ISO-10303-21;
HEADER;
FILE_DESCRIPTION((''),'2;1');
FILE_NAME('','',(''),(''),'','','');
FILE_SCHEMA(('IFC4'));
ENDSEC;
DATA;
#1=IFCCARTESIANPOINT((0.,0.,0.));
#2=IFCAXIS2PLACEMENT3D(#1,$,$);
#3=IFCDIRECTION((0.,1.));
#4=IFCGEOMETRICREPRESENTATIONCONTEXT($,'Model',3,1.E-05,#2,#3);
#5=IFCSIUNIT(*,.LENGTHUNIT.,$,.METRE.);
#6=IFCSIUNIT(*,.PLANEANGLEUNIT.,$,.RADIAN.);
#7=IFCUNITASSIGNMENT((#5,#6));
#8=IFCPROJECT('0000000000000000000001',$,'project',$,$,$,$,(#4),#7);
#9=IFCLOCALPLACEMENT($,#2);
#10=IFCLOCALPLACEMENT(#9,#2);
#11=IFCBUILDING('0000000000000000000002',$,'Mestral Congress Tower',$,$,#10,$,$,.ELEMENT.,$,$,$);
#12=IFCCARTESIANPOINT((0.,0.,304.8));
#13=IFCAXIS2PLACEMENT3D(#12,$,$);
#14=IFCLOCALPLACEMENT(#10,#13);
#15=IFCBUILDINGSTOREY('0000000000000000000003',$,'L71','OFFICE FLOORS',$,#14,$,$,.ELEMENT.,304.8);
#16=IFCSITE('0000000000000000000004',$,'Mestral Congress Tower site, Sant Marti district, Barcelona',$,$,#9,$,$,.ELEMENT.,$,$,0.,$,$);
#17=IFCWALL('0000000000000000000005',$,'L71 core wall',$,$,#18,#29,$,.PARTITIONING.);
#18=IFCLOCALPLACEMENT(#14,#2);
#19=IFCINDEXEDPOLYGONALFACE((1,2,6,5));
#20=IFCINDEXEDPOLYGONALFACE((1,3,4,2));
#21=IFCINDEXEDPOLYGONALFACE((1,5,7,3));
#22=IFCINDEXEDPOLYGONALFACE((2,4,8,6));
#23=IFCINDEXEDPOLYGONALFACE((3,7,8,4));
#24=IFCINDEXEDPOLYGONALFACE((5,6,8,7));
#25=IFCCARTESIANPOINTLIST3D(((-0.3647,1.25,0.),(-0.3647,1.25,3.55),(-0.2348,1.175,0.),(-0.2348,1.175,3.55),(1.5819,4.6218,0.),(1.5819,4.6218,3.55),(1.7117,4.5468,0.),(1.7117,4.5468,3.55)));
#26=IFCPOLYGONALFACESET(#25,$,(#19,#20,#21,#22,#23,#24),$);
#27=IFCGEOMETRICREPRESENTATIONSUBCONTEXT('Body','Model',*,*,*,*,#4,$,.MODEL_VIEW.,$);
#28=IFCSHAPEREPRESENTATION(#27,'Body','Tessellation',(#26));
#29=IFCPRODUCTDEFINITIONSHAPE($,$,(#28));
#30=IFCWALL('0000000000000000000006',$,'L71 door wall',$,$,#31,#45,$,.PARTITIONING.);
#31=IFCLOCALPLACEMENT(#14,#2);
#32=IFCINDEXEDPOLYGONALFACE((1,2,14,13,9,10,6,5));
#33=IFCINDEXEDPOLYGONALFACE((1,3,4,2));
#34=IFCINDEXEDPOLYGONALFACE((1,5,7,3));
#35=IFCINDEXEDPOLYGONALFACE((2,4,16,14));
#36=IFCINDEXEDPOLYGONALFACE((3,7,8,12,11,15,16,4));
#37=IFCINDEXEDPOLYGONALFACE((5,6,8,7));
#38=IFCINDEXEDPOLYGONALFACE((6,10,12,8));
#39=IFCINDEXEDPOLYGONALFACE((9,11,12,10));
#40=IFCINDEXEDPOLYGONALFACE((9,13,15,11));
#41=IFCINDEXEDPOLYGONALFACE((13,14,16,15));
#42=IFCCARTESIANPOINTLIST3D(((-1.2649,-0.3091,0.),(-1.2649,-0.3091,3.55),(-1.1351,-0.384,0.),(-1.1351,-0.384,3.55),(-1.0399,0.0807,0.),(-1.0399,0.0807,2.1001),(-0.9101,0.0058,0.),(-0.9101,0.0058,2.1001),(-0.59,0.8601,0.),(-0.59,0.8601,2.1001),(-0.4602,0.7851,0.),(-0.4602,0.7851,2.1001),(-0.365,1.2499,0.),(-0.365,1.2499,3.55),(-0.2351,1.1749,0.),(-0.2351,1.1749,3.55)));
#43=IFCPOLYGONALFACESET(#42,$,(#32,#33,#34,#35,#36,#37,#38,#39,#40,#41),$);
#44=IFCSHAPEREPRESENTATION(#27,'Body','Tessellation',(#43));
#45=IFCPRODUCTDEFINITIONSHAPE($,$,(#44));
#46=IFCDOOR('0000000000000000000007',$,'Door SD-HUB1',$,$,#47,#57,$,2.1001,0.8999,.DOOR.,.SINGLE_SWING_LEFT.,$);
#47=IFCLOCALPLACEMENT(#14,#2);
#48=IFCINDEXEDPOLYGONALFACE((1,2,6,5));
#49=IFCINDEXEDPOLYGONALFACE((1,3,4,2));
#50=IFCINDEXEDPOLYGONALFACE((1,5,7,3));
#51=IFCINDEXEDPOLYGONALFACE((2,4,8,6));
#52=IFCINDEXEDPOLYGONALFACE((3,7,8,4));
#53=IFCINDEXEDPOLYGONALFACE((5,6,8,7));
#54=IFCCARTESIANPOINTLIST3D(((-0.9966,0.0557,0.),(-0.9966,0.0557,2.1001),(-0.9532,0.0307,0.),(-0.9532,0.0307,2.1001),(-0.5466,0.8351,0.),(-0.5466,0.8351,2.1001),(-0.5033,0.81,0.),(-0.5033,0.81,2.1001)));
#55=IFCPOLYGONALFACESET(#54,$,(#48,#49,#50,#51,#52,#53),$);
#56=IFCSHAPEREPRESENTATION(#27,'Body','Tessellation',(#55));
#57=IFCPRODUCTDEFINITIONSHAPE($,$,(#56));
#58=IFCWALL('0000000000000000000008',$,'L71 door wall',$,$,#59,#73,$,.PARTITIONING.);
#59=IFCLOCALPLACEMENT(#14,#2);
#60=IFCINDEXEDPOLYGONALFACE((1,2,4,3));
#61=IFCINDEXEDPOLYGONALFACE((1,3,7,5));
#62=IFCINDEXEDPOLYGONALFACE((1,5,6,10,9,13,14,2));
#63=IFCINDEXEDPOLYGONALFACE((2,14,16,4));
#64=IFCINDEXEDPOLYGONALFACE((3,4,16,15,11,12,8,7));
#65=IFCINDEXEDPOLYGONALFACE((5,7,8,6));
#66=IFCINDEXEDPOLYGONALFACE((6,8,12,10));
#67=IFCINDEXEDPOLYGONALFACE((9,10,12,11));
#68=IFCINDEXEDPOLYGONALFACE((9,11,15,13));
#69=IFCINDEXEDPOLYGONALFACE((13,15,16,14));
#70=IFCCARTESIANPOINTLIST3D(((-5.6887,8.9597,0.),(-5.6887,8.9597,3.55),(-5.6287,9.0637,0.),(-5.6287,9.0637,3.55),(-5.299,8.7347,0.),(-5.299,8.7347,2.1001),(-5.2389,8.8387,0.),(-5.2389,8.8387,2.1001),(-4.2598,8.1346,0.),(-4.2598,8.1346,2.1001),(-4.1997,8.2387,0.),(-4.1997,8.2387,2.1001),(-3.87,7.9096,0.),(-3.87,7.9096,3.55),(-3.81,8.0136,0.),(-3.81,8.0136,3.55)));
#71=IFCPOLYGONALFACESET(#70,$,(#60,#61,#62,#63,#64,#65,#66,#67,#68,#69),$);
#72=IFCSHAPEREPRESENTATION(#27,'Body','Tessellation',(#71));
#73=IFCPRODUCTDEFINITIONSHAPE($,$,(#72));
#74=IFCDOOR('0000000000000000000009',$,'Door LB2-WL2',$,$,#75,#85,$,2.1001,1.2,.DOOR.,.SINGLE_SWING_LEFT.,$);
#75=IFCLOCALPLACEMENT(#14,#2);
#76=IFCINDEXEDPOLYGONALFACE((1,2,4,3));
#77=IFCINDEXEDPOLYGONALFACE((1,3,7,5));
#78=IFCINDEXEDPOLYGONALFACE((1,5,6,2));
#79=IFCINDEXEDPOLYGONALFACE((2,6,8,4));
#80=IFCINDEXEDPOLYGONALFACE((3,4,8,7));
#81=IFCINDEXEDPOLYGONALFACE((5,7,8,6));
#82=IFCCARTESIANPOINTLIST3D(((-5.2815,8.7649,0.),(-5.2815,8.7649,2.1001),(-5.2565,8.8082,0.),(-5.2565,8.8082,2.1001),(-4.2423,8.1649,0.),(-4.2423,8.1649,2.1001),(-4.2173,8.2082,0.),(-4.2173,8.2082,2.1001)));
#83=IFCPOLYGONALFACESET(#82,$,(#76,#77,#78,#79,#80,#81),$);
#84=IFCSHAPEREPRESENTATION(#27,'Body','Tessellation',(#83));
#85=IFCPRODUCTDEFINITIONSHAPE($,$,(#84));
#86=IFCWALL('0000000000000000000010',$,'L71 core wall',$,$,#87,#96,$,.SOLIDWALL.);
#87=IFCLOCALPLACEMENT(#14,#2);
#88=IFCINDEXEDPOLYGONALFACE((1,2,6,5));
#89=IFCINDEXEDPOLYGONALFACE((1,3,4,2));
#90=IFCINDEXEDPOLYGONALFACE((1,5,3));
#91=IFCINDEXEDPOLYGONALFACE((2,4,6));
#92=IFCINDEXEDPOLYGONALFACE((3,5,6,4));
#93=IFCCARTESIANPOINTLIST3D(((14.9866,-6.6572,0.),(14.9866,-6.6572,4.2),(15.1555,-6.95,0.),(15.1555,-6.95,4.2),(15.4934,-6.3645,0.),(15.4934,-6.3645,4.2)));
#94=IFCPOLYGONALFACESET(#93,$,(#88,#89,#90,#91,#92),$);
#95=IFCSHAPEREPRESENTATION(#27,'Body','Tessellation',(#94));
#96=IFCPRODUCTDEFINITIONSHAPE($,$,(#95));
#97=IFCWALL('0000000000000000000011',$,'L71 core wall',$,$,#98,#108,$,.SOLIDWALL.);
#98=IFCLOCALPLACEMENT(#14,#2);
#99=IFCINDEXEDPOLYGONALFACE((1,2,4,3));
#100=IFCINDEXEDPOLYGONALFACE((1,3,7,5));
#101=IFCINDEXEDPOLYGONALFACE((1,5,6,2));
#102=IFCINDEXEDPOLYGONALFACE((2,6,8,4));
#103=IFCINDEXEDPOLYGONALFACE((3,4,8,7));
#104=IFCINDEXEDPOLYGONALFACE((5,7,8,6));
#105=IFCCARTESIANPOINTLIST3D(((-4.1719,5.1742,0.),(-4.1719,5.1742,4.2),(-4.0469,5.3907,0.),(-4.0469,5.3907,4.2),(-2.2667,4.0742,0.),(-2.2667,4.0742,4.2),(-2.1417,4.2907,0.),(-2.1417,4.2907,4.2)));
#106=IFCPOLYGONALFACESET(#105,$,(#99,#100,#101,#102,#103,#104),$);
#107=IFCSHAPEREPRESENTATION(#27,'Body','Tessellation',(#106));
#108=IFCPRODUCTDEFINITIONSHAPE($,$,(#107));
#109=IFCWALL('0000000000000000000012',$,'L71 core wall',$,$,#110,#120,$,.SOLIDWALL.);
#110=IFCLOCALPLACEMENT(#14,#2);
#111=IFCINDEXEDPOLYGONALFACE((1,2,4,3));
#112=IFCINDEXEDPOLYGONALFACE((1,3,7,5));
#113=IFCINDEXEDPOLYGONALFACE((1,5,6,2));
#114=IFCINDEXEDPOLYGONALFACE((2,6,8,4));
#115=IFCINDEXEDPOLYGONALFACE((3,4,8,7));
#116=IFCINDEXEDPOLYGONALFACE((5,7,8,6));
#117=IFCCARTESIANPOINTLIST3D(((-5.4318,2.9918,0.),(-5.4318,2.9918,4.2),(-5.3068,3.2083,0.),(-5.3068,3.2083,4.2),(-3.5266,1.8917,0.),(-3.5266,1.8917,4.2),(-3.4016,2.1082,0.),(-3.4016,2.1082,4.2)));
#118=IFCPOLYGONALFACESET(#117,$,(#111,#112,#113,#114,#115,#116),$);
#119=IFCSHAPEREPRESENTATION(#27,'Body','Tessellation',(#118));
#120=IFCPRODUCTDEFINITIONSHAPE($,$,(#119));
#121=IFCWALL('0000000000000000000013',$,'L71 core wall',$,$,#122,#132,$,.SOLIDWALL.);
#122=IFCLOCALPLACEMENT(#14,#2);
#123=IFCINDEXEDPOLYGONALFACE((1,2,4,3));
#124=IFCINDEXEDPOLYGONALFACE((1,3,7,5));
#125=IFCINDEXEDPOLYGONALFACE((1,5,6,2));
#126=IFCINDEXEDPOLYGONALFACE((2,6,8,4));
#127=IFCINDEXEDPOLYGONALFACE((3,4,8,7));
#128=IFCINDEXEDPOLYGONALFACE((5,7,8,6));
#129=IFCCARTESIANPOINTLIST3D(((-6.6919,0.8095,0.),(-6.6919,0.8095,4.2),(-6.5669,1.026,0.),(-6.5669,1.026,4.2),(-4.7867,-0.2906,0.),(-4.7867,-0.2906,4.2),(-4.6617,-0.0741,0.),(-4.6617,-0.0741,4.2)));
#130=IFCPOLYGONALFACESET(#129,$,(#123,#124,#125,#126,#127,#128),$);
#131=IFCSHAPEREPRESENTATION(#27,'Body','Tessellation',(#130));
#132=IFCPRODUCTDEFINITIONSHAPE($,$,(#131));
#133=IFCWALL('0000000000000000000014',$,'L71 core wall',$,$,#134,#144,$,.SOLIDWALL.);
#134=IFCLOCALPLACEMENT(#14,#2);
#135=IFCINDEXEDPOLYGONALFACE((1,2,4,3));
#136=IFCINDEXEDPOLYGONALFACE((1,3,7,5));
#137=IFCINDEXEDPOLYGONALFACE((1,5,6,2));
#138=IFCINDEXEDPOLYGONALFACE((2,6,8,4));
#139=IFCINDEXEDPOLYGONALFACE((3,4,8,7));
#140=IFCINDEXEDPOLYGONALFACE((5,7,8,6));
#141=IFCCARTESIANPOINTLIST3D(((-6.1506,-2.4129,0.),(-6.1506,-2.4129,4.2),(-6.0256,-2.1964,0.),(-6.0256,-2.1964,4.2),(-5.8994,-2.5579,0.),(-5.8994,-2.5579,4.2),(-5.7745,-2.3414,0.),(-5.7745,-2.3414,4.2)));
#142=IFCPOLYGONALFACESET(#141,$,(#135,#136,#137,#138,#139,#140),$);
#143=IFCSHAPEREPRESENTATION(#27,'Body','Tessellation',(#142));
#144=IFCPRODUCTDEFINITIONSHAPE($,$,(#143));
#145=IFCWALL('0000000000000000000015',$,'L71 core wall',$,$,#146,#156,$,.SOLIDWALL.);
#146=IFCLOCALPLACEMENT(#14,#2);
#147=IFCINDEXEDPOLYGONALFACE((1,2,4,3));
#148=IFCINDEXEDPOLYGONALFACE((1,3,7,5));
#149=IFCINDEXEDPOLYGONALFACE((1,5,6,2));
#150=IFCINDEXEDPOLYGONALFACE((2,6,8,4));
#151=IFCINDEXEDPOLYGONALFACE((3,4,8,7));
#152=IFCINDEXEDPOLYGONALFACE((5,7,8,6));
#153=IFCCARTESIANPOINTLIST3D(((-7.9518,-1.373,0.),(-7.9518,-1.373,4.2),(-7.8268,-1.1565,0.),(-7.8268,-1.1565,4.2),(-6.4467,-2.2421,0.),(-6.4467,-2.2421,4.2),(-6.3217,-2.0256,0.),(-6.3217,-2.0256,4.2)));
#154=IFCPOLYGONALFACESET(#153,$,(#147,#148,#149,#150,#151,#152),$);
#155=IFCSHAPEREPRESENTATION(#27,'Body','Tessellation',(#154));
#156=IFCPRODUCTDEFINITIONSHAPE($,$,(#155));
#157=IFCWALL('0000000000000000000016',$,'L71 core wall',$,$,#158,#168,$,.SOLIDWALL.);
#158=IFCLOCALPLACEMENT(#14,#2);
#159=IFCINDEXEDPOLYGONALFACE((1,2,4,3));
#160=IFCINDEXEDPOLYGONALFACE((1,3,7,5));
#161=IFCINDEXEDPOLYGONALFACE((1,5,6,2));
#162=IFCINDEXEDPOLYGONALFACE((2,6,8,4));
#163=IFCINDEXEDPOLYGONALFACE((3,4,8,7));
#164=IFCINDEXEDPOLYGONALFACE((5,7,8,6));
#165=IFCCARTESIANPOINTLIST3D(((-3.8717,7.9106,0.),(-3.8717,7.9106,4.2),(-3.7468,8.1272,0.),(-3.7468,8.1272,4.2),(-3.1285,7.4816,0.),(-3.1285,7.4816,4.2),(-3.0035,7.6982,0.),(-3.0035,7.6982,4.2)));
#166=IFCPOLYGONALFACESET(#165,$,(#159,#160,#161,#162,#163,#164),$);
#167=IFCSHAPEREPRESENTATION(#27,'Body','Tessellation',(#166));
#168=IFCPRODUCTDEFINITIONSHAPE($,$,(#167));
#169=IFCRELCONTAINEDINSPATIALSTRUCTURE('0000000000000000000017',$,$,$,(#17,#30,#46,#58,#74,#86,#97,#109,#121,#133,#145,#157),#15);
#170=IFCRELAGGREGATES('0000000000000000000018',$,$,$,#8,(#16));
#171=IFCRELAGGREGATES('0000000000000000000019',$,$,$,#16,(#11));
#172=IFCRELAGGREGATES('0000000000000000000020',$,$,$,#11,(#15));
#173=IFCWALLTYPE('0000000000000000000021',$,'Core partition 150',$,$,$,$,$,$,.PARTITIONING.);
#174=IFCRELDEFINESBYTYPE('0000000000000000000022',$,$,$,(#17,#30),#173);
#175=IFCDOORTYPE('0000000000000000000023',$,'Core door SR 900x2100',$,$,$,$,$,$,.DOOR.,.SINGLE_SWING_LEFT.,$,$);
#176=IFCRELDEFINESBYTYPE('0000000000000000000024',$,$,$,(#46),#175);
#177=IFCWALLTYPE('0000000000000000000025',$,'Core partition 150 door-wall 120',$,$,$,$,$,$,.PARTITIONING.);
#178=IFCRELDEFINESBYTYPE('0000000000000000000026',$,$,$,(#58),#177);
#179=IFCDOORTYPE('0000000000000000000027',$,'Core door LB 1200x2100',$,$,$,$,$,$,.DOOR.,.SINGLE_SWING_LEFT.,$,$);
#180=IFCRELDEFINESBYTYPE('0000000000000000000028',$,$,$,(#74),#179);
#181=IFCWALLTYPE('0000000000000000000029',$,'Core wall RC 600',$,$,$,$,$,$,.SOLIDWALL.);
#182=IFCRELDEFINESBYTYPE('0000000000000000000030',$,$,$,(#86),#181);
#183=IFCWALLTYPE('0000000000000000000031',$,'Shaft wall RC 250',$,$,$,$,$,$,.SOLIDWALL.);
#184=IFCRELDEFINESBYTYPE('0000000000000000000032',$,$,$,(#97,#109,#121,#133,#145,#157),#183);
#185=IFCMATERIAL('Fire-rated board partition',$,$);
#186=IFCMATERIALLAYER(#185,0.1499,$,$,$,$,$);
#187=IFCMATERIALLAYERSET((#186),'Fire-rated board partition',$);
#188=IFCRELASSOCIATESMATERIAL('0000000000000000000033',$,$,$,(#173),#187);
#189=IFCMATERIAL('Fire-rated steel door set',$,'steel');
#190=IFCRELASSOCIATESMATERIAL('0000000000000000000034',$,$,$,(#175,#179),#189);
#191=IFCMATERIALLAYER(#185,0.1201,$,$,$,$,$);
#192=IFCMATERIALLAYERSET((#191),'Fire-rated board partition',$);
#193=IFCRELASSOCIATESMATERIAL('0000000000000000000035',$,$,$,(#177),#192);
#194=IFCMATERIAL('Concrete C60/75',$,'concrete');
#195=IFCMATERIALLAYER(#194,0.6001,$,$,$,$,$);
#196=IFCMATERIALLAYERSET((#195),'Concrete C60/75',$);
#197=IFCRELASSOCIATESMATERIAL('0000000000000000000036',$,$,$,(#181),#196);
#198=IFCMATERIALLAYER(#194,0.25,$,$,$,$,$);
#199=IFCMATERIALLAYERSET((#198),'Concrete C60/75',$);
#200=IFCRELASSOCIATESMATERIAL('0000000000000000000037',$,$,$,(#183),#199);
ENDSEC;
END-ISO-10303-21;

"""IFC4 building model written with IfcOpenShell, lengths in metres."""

from ifc_helpers import new_model, si_unit, direction, frame, frame_2d, origin, place, context, subcontext, project, spatial, polyline, rectangle, outline, extrude, material, layer, layer_set, type_object, element, fill, save


model = new_model("IFC4")

# Units and contexts
model_context = context("Model", 3, precision=1e-05, world=origin(), true_north=direction((0.0, 1.0)))
body_context = subcontext(model_context, "Body", "Model", "MODEL_VIEW")
ifc_project = project(units=[si_unit("LENGTHUNIT", "METRE"), si_unit("PLANEANGLEUNIT", "RADIAN")], contexts=[model_context])

# Site, building, storey
site_placement = place(None, origin())
site = spatial("IfcSite", under=ifc_project, at=site_placement, Name="Mestral Congress Tower site, Sant Marti district, Barcelona", CompositionType="ELEMENT", RefElevation=0.0)
building_placement = place(site_placement, origin())
building = spatial("IfcBuilding", under=site, at=building_placement, Name="Mestral Congress Tower", CompositionType="ELEMENT")
storey_placement = place(building_placement, frame((0.0, 0.0, 304.8)))
storey = spatial("IfcBuildingStorey", under=building, at=storey_placement, Name="L71", Description="OFFICE FLOORS", CompositionType="ELEMENT", Elevation=304.8)

# Shared definitions
ifc_material_1 = material(Name="Concrete C60/75", Category="concrete")

# Shared definitions
placement_1 = place(storey_placement, origin())

# Wall
ifc_material_2 = material(Name="Fire-rated board partition")
ifc_layer_1 = layer(ifc_material_2, 0.1499)
ifc_layer_set_1 = layer_set([ifc_layer_1], Name="Fire-rated board partition")
wall_type_1 = type_object("IfcWallType", Name="Core partition 150", PredefinedType="PARTITIONING", material=ifc_layer_set_1)
wall_1_placement = place(storey_placement, frame((-0.2998, 1.2124, 0.0), z_axis=(0.0, 0.0, 1.0), x_axis=(0.499963, 0.866047, 0.0)))
element("IfcWall", 1, at=wall_1_placement, inside=storey, type_object=wall_type_1, Name="L71 core wall", PredefinedType="PARTITIONING", context=body_context, shape_type="SweptSolid", body=[
    extrude(rectangle(XDim=3.8933, YDim=0.1499, at=frame_2d((1.9468, 0.0))), origin(), (0.0, 0.0, 1.0), 3.55),
])

# Walls, openings, doors
wall_2_placement = place(storey_placement, frame((-1.2, -0.3464, 0.0), z_axis=(0.0, 0.0, 1.0), x_axis=(0.499961, 0.866048, 0.0)))
wall_2 = element("IfcWall", 2, at=wall_2_placement, inside=storey, type_object=wall_type_1, Name="L71 door wall", PredefinedType="PARTITIONING", context=body_context, shape_type="SweptSolid", body=[
    extrude(rectangle(XDim=1.8, YDim=0.1499, at=frame_2d((0.8999, 0.0))), origin(), (0.0, 0.0, 1.0), 3.55),
])
opening_1_placement = place(wall_2_placement, frame((0.45, 0.0, 0.0)))
opening_1 = element("IfcOpeningElement", 3, at=opening_1_placement, cuts=wall_2, PredefinedType="OPENING", context=body_context, shape_type="SweptSolid", body=[
    extrude(rectangle(XDim=0.8999, YDim=2.1001, at=frame_2d((0.45, 1.05))), frame((0.0, 0.085, 0.0), z_axis=(0.0, -1.0, 0.0), x_axis=(1.0, 0.0, 0.0)), (0.0, 0.0, 1.0), 0.1699),
])
ifc_material_3 = material(Name="Fire-rated steel door set", Category="steel")
door_type_1 = type_object("IfcDoorType", Name="Core door SR 900x2100", OperationType="SINGLE_SWING_LEFT", PredefinedType="DOOR", material=ifc_material_3)
door_1_placement = place(opening_1_placement, origin())
door_1 = element("IfcDoor", 4, at=door_1_placement, inside=storey, type_object=door_type_1, Name="Door SD-HUB1", OperationType="SINGLE_SWING_LEFT", OverallHeight=2.1001, OverallWidth=0.8999, PredefinedType="DOOR", context=body_context, shape_type="SweptSolid", body=[
    extrude(rectangle(XDim=0.8999, YDim=2.1001, at=frame_2d((0.45, 1.05))), frame((0.0, 0.0249, 0.0), z_axis=(0.0, -1.0, 0.0), x_axis=(1.0, 0.0, 0.0)), (0.0, 0.0, 1.0), 0.05),
])
fill(opening_1, door_1)
ifc_layer_2 = layer(ifc_material_2, 0.1201)
ifc_layer_set_2 = layer_set([ifc_layer_2], Name="Fire-rated board partition")
wall_type_2 = type_object("IfcWallType", Name="Core partition 150 door-wall 120", PredefinedType="PARTITIONING", material=ifc_layer_set_2)
wall_3_placement = place(storey_placement, frame((-5.6587, 9.0117, 0.0), z_axis=(0.0, 0.0, 1.0), x_axis=(0.866009, -0.500028, 0.0)))
wall_3 = element("IfcWall", 5, at=wall_3_placement, inside=storey, type_object=wall_type_2, Name="L71 door wall", PredefinedType="PARTITIONING", context=body_context, shape_type="SweptSolid", body=[
    extrude(rectangle(XDim=2.1001, YDim=0.1201, at=frame_2d((1.05, 0.0))), origin(), (0.0, 0.0, 1.0), 3.55),
])
opening_2_placement = place(wall_3_placement, frame((0.45, 0.0, 0.0)))
opening_2 = element("IfcOpeningElement", 6, at=opening_2_placement, cuts=wall_3, PredefinedType="OPENING", context=body_context, shape_type="SweptSolid", body=[
    extrude(rectangle(XDim=1.2, YDim=2.1001, at=frame_2d((0.6001, 1.05))), frame((0.0, 0.0701, 0.0), z_axis=(0.0, -1.0, 0.0), x_axis=(1.0, 0.0, 0.0)), (0.0, 0.0, 1.0), 0.1401),
])
door_type_2 = type_object("IfcDoorType", Name="Core door LB 1200x2100", OperationType="SINGLE_SWING_LEFT", PredefinedType="DOOR", material=ifc_material_3)
door_2_placement = place(opening_2_placement, origin())
door_2 = element("IfcDoor", 7, at=door_2_placement, inside=storey, type_object=door_type_2, Name="Door LB2-WL2", OperationType="SINGLE_SWING_LEFT", OverallHeight=2.1001, OverallWidth=1.2, PredefinedType="DOOR", context=body_context, shape_type="SweptSolid", body=[
    extrude(rectangle(XDim=1.2, YDim=2.1001, at=frame_2d((0.6001, 1.05))), frame((0.0, 0.0249, 0.0), z_axis=(0.0, -1.0, 0.0), x_axis=(1.0, 0.0, 0.0)), (0.0, 0.0, 1.0), 0.05),
])
fill(opening_2, door_2)

# Walls
ifc_layer_3 = layer(ifc_material_1, 0.6001)
ifc_layer_set_3 = layer_set([ifc_layer_3], Name="Concrete C60/75")
wall_type_3 = type_object("IfcWallType", Name="Core wall RC 600", PredefinedType="SOLIDWALL", material=ifc_layer_set_3)
element("IfcWall", 8, at=placement_1, inside=storey, type_object=wall_type_3, Name="L71 core wall", PredefinedType="SOLIDWALL", context=body_context, shape_type="SweptSolid", body=[
    extrude(outline(polyline([(15.1555, -6.95), (14.9866, -6.6572), (15.4934, -6.3645), (15.1555, -6.95)])), origin(), (0.0, 0.0, 1.0), 4.2),
])
ifc_layer_4 = layer(ifc_material_1, 0.25)
ifc_layer_set_4 = layer_set([ifc_layer_4], Name="Concrete C60/75")
wall_type_4 = type_object("IfcWallType", Name="Shaft wall RC 250", PredefinedType="SOLIDWALL", material=ifc_layer_set_4)
for number, where, z_axis, x_axis, name in (
    (9, (-2.2041, 4.1824, 0.0), (0.0, 0.0, 1.0), (-0.866008, 0.50003, 0.0), "L71 core wall"),
    (10, (-5.3694, 3.1001, 0.0), (0.0, 0.0, 1.0), (0.866008, -0.50003, 0.0), "L71 core wall"),
    (11, (-4.7241, -0.1824, 0.0), (0.0, 0.0, 1.0), (-0.866008, 0.50003, 0.0), "L71 core wall"),
):
    element("IfcWall", number, at=place(storey_placement, frame(where, z_axis=z_axis, x_axis=x_axis)), inside=storey, type_object=wall_type_4, Name=name, PredefinedType="SOLIDWALL", context=body_context, shape_type="SweptSolid", body=[
        extrude(rectangle(XDim=2.2, YDim=0.25, at=frame_2d((1.1001, 0.0))), origin(), (0.0, 0.0, 1.0), 4.2),
    ])
wall_4_placement = place(storey_placement, frame((-6.0881, -2.3047, 0.0), z_axis=(0.0, 0.0, 1.0), x_axis=(0.866059, -0.499941, 0.0)))
element("IfcWall", 12, at=wall_4_placement, inside=storey, type_object=wall_type_4, Name="L71 core wall", PredefinedType="SOLIDWALL", context=body_context, shape_type="SweptSolid", body=[
    extrude(rectangle(XDim=0.29, YDim=0.25, at=frame_2d((0.145, 0.0))), origin(), (0.0, 0.0, 1.0), 4.2),
])
wall_5_placement = place(storey_placement, frame((-7.8894, -1.2646, 0.0), z_axis=(0.0, 0.0, 1.0), x_axis=(0.865987, -0.500067, 0.0)))
element("IfcWall", 13, at=wall_5_placement, inside=storey, type_object=wall_type_4, Name="L71 core wall", PredefinedType="SOLIDWALL", context=body_context, shape_type="SweptSolid", body=[
    extrude(rectangle(XDim=1.738, YDim=0.25, at=frame_2d((0.8691, 0.0))), origin(), (0.0, 0.0, 1.0), 4.2),
])
wall_6_placement = place(storey_placement, frame((-3.0659, 7.5898, 0.0), z_axis=(0.0, 0.0, 1.0), x_axis=(-0.866081, 0.499903, 0.0)))
element("IfcWall", 14, at=wall_6_placement, inside=storey, type_object=wall_type_4, Name="L71 core wall", PredefinedType="SOLIDWALL", context=body_context, shape_type="SweptSolid", body=[
    extrude(rectangle(XDim=0.8582, YDim=0.25, at=frame_2d((0.4292, 0.0))), origin(), (0.0, 0.0, 1.0), 4.2),
])

save(model, "model.ifc")
